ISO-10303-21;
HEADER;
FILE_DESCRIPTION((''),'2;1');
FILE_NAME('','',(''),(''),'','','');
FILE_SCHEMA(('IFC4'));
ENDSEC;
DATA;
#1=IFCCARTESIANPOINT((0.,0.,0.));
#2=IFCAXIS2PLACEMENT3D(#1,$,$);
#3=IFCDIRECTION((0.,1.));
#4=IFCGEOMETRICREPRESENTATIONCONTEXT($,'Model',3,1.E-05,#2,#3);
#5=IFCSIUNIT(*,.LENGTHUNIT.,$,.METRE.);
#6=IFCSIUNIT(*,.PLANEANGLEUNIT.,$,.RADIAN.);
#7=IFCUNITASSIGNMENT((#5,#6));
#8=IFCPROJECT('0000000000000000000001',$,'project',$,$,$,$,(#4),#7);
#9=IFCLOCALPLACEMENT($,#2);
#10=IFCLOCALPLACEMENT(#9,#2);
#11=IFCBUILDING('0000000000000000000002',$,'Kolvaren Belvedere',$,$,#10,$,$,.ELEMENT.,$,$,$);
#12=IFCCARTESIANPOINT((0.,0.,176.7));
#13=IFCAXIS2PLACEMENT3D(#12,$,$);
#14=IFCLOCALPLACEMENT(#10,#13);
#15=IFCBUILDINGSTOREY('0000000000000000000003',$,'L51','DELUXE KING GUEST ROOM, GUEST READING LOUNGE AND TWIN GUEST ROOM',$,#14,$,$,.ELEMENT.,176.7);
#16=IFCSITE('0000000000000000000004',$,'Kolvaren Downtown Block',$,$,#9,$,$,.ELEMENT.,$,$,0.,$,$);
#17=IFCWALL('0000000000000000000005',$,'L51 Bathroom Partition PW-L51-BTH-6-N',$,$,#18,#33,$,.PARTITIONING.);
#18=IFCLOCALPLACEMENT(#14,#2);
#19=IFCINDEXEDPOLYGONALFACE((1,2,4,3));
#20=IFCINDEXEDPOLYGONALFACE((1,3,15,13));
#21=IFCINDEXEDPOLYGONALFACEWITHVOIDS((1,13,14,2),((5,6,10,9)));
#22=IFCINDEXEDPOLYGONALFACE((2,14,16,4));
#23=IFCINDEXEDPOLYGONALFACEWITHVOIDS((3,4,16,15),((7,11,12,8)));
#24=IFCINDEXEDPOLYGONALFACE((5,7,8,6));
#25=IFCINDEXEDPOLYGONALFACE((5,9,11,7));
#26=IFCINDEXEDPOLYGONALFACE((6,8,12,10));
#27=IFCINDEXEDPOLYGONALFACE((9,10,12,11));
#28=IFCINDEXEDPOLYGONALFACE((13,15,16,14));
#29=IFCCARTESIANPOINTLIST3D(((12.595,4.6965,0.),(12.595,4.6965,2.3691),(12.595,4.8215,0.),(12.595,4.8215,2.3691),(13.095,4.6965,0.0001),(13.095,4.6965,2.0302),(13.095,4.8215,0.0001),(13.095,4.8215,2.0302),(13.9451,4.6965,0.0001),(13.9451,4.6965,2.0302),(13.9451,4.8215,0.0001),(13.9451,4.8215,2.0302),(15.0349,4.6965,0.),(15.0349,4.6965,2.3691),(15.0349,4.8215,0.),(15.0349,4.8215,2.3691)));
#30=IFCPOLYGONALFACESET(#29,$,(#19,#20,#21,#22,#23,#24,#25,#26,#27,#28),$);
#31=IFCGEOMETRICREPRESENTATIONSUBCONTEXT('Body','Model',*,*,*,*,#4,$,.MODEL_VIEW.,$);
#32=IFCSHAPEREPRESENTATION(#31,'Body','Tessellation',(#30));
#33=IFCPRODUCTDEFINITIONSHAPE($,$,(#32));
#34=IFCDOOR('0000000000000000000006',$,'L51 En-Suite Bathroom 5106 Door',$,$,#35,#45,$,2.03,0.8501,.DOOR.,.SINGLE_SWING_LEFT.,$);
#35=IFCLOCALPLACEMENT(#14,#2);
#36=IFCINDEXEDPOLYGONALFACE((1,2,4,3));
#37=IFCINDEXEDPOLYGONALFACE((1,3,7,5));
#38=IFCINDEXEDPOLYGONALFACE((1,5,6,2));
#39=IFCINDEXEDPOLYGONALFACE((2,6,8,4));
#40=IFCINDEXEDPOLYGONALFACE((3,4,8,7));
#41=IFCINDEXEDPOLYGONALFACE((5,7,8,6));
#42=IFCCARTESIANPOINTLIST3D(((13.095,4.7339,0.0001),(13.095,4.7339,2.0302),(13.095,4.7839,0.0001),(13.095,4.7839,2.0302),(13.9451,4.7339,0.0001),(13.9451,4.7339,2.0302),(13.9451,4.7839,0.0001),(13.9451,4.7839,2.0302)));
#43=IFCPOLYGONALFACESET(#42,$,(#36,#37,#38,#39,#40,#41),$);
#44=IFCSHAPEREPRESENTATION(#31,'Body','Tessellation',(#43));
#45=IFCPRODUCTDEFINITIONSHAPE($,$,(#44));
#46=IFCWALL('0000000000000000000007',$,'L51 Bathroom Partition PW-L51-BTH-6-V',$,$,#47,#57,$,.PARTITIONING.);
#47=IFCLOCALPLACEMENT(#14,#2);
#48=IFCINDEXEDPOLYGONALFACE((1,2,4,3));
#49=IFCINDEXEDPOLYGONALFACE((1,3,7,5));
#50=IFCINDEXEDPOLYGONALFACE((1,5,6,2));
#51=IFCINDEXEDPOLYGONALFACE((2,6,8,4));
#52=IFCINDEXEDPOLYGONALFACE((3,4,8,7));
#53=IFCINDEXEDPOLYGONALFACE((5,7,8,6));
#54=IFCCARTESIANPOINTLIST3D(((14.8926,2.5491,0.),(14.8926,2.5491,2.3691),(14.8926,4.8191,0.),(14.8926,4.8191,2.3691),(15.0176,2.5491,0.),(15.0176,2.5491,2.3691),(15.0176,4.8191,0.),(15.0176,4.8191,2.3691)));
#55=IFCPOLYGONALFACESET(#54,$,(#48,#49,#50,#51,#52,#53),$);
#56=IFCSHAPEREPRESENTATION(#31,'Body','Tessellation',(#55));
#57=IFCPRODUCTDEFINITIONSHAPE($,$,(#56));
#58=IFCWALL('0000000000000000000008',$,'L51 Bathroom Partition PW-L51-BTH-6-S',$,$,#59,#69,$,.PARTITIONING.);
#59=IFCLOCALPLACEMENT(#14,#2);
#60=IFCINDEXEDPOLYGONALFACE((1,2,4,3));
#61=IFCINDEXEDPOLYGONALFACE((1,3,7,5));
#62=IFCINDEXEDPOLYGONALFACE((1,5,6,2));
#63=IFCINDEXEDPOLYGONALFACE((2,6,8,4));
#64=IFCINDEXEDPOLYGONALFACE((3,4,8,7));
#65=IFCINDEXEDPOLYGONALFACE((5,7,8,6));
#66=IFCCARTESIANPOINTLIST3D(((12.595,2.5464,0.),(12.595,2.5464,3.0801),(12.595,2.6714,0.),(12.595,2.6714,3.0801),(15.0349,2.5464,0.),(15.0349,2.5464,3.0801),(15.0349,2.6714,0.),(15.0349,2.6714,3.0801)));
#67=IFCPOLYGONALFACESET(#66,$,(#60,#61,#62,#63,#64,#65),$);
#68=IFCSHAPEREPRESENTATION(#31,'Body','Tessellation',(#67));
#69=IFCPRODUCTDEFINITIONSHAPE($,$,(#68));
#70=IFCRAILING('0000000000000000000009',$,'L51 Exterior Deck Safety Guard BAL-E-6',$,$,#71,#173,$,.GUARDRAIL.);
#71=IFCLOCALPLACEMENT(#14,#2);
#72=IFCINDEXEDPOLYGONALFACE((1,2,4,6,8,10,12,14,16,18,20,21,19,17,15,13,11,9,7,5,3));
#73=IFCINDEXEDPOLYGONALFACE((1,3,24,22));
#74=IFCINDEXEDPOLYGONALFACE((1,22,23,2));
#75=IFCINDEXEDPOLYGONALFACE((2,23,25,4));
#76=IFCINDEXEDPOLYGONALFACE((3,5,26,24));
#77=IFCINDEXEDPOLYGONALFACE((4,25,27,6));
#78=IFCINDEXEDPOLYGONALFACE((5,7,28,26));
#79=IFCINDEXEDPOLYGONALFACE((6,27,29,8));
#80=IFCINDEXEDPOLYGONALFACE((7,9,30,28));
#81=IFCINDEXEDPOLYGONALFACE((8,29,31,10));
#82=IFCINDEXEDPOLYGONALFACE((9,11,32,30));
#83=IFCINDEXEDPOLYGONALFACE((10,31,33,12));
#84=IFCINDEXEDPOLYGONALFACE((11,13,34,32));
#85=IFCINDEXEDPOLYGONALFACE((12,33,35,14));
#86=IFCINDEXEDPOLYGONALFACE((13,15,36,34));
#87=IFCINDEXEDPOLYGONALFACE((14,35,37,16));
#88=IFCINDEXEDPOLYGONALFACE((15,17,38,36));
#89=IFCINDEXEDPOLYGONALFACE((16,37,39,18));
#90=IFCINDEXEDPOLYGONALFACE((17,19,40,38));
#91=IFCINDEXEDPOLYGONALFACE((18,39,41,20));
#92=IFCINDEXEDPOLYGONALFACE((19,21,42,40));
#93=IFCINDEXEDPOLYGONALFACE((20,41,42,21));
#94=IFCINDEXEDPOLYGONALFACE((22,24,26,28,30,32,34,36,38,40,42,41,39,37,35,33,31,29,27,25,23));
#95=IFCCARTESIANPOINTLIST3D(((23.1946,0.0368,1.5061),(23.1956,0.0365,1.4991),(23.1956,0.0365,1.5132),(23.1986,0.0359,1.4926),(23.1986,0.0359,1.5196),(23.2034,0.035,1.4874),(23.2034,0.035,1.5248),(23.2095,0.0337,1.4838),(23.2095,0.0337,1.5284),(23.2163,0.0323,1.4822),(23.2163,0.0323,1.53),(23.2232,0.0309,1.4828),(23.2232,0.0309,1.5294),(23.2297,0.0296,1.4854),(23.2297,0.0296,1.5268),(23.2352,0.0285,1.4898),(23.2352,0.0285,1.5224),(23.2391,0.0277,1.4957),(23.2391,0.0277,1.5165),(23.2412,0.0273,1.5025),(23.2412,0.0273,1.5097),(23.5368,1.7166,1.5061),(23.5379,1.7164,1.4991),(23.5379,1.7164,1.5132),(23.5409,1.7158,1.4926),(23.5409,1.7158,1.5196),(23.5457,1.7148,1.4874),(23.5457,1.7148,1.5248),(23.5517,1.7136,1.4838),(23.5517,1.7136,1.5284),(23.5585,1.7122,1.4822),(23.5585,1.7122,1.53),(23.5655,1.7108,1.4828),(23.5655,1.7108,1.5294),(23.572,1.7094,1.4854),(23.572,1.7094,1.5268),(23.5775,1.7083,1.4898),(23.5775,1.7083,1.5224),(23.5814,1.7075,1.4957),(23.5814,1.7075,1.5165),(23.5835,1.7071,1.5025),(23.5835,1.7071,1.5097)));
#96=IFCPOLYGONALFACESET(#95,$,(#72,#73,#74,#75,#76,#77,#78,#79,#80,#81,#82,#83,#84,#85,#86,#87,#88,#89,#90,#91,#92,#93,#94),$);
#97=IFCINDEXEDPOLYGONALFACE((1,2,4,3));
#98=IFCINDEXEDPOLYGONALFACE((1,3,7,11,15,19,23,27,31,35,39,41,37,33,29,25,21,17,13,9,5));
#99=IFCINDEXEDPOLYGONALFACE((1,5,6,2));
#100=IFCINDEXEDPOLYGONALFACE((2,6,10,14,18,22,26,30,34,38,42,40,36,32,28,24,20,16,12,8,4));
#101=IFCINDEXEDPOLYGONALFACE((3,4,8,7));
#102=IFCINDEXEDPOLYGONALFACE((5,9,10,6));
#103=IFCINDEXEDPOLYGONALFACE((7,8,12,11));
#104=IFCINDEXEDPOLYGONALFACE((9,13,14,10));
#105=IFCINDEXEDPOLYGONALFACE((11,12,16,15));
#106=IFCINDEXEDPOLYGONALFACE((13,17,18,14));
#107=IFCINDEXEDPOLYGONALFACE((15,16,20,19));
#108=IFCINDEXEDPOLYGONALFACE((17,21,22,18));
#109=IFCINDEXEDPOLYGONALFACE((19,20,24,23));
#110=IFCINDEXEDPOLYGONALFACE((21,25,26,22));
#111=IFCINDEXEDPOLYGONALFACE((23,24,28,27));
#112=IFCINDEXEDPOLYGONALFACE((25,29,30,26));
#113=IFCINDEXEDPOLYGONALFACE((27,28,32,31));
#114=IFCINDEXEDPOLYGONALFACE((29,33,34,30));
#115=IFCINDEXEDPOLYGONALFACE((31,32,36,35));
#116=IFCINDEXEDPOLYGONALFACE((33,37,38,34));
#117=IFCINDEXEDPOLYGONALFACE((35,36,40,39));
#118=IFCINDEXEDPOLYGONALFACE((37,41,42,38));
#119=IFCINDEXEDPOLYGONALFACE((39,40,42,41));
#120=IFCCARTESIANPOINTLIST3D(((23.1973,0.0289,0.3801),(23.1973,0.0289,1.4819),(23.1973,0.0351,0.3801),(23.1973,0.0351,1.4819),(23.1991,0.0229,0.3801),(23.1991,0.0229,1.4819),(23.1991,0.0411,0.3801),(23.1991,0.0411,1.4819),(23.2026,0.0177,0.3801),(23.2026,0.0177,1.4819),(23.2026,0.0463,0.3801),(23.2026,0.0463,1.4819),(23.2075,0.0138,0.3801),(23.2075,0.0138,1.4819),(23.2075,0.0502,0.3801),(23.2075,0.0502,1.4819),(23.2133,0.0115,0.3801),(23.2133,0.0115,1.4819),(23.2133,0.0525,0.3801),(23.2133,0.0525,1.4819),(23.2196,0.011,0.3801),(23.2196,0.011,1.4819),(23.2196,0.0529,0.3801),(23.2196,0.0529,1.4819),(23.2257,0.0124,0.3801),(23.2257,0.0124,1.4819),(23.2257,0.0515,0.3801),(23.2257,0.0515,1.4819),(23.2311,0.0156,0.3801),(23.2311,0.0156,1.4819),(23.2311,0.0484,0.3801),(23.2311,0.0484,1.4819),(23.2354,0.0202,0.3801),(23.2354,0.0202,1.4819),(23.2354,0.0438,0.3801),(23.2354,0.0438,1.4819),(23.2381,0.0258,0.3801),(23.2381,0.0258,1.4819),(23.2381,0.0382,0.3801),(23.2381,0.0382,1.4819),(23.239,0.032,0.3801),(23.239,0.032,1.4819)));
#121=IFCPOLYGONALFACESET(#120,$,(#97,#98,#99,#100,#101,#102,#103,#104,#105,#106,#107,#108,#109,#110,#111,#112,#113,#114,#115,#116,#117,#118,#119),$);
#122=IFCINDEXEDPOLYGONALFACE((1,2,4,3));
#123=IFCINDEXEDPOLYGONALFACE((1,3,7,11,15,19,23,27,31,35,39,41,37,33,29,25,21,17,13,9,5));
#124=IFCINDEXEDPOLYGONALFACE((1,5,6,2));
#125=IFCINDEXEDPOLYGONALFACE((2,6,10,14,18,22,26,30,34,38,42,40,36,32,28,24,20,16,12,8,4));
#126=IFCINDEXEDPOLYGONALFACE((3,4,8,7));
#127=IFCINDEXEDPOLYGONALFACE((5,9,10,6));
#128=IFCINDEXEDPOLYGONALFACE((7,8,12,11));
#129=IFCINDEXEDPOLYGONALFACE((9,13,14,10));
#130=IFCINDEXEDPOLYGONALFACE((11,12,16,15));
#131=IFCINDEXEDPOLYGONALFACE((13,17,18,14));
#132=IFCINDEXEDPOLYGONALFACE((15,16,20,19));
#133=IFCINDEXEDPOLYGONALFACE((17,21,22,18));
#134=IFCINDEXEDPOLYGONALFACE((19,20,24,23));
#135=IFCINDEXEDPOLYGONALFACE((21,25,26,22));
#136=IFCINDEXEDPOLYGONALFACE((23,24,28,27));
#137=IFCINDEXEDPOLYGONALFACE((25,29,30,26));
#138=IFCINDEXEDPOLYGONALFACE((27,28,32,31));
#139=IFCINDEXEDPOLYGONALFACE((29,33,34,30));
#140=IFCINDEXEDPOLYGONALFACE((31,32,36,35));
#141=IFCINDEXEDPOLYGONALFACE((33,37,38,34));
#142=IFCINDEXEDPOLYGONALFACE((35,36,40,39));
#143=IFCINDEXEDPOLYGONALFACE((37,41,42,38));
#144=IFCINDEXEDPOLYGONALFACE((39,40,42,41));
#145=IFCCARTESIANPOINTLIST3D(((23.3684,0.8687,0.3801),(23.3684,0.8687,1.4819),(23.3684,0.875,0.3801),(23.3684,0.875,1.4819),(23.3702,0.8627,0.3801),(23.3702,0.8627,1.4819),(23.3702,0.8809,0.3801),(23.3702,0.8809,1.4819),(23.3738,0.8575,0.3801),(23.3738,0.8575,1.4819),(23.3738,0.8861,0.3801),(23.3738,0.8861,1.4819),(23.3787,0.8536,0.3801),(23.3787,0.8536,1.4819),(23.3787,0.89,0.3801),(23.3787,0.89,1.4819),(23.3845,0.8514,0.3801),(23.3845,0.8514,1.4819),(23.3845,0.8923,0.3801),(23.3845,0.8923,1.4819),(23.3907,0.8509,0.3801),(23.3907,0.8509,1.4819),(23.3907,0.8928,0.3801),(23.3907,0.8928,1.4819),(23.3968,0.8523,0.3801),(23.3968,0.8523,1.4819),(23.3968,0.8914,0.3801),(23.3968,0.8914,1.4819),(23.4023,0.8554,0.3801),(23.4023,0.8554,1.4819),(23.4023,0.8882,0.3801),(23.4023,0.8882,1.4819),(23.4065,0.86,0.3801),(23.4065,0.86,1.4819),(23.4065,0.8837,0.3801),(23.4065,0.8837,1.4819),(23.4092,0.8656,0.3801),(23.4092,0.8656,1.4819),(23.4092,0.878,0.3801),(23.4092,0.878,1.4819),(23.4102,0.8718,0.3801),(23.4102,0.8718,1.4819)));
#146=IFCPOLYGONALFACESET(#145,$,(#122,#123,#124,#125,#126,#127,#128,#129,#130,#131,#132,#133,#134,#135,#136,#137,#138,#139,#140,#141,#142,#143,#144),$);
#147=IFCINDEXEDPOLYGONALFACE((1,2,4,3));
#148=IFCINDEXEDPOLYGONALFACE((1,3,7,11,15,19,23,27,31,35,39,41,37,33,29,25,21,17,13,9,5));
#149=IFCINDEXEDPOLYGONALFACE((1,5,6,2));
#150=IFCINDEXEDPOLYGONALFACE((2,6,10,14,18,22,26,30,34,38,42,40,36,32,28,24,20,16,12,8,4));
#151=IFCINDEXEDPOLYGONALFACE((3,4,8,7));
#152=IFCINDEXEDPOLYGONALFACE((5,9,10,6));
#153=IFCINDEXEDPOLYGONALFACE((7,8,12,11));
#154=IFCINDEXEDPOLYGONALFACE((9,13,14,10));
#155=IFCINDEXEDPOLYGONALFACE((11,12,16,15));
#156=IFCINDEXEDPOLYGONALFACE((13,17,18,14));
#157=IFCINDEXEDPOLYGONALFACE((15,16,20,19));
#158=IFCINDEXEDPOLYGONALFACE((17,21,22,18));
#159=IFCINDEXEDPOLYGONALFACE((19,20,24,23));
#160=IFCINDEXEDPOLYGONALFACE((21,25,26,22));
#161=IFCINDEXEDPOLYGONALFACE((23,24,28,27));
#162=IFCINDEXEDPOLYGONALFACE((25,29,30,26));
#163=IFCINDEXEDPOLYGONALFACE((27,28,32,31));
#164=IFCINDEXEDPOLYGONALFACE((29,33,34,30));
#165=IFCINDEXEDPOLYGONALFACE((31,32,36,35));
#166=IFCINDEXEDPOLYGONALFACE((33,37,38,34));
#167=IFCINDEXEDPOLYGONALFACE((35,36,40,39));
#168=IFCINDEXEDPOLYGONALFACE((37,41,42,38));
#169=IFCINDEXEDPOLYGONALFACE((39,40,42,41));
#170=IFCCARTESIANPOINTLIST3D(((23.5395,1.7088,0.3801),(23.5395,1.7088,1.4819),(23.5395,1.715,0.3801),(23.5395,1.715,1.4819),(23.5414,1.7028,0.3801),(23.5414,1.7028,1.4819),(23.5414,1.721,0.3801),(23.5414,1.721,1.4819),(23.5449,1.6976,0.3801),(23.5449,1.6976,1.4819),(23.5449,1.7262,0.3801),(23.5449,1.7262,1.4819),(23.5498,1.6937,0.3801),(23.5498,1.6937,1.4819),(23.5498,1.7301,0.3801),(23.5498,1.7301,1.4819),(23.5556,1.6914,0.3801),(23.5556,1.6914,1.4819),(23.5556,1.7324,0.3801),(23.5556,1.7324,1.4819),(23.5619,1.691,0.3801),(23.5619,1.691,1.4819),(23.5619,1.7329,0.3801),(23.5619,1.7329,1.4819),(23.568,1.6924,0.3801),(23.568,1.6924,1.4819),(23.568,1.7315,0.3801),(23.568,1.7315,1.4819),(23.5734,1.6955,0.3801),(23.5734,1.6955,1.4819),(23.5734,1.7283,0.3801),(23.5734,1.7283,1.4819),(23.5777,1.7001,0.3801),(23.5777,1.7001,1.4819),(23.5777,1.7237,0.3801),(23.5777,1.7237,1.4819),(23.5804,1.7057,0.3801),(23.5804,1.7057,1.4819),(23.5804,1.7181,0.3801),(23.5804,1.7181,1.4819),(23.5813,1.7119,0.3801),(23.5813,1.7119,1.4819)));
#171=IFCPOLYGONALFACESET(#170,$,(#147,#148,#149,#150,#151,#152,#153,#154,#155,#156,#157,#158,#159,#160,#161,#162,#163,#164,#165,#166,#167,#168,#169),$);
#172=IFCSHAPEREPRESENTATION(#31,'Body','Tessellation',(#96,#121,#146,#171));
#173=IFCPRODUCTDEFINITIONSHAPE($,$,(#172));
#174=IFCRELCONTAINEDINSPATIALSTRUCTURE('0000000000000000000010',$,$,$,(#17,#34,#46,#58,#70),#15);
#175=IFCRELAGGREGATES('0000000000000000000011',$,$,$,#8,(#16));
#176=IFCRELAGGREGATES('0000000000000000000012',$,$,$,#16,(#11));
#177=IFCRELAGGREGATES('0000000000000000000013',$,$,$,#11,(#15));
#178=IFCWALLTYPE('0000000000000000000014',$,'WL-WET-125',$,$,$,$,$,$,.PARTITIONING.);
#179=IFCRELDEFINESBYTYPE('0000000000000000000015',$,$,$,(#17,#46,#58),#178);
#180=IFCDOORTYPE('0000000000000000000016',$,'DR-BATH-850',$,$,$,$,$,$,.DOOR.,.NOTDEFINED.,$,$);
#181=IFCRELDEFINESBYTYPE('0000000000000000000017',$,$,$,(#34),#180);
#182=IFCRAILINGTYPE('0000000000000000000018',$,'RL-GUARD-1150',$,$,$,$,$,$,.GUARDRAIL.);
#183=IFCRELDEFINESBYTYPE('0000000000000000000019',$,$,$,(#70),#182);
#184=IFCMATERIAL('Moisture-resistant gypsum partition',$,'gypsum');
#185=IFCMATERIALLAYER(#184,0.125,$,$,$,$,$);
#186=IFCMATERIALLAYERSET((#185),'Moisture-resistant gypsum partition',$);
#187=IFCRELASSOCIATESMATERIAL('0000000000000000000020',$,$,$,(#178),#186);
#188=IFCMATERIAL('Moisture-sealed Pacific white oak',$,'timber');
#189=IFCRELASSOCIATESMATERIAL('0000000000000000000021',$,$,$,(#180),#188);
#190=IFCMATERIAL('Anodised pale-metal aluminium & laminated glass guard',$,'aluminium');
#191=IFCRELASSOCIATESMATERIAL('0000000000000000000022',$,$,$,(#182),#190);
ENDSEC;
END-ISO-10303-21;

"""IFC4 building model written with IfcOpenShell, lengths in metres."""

from ifc_helpers import new_model, si_unit, direction, frame, frame_2d, origin, origin_2d, place, context, subcontext, project, spatial, rectangle, circle, extrude, material, layer, layer_set, type_object, element, fill, save


model = new_model("IFC4")

# Units and contexts
model_context = context("Model", 3, precision=1e-05, world=origin(), true_north=direction((0.0, 1.0)))
body_context = subcontext(model_context, "Body", "Model", "MODEL_VIEW")
ifc_project = project(units=[si_unit("LENGTHUNIT", "METRE"), si_unit("PLANEANGLEUNIT", "RADIAN")], contexts=[model_context])

# Site, building, storey
site_placement = place(None, origin())
site = spatial("IfcSite", under=ifc_project, at=site_placement, Name="Kolvaren Downtown Block", CompositionType="ELEMENT", RefElevation=0.0)
building_placement = place(site_placement, origin())
building = spatial("IfcBuilding", under=site, at=building_placement, Name="Kolvaren Belvedere", CompositionType="ELEMENT")
storey_placement = place(building_placement, frame((0.0, 0.0, 176.7)))
storey = spatial("IfcBuildingStorey", under=building, at=storey_placement, Name="L51", Description="DELUXE KING GUEST ROOM, GUEST READING LOUNGE AND TWIN GUEST ROOM", CompositionType="ELEMENT", Elevation=176.7)

# Wall, opening, door
ifc_material_1 = material(Name="Moisture-resistant gypsum partition", Category="gypsum")
ifc_layer_1 = layer(ifc_material_1, 0.125)
ifc_layer_set_1 = layer_set([ifc_layer_1], Name="Moisture-resistant gypsum partition")
wall_type_1 = type_object("IfcWallType", Name="WL-WET-125", PredefinedType="PARTITIONING", material=ifc_layer_set_1)
wall_1_placement = place(storey_placement, frame((12.595, 4.759, 0.0), z_axis=(0.0, 0.0, 1.0), x_axis=(1.0, 0.0, 0.0)))
wall_1 = element("IfcWall", 1, at=wall_1_placement, inside=storey, type_object=wall_type_1, Name="L51 Bathroom Partition PW-L51-BTH-6-N", PredefinedType="PARTITIONING", context=body_context, shape_type="SweptSolid", body=[
    extrude(rectangle(XDim=2.4399, YDim=0.125, at=frame_2d((1.22, 0.0))), origin(), (0.0, 0.0, 1.0), 2.3691),
])
opening_1_placement = place(wall_1_placement, frame((0.5, 0.0, 0.0)))
opening_1 = element("IfcOpeningElement", 2, at=opening_1_placement, cuts=wall_1, PredefinedType="OPENING", context=body_context, shape_type="SweptSolid", body=[
    extrude(rectangle(XDim=0.8501, YDim=2.03, at=frame_2d((0.425, 1.0151))), frame((0.0, 0.0725, 0.0), z_axis=(0.0, -1.0, 0.0), x_axis=(1.0, 0.0, 0.0)), (0.0, 0.0, 1.0), 0.145),
])
ifc_material_2 = material(Name="Moisture-sealed Pacific white oak", Category="timber")
door_type_1 = type_object("IfcDoorType", Name="DR-BATH-850", OperationType="NOTDEFINED", PredefinedType="DOOR", material=ifc_material_2)
door_1_placement = place(opening_1_placement, origin())
door_1 = element("IfcDoor", 3, at=door_1_placement, inside=storey, type_object=door_type_1, Name="L51 En-Suite Bathroom 5106 Door", OperationType="SINGLE_SWING_LEFT", OverallHeight=2.03, OverallWidth=0.8501, PredefinedType="DOOR", context=body_context, shape_type="SweptSolid", body=[
    extrude(rectangle(XDim=0.8501, YDim=2.03, at=frame_2d((0.425, 1.0151))), frame((0.0, 0.0249, 0.0), z_axis=(0.0, -1.0, 0.0), x_axis=(1.0, 0.0, 0.0)), (0.0, 0.0, 1.0), 0.05),
])
fill(opening_1, door_1)

# Walls
wall_2_placement = place(storey_placement, frame((14.9551, 2.5491, 0.0), z_axis=(0.0, 0.0, 1.0), x_axis=(0.0, 1.0, 0.0)))
element("IfcWall", 4, at=wall_2_placement, inside=storey, type_object=wall_type_1, Name="L51 Bathroom Partition PW-L51-BTH-6-V", PredefinedType="PARTITIONING", context=body_context, shape_type="SweptSolid", body=[
    extrude(rectangle(XDim=2.27, YDim=0.125, at=frame_2d((1.135, 0.0))), origin(), (0.0, 0.0, 1.0), 2.3691),
])
wall_3_placement = place(storey_placement, frame((12.595, 2.6089, 0.0), z_axis=(0.0, 0.0, 1.0), x_axis=(1.0, 0.0, 0.0)))
element("IfcWall", 5, at=wall_3_placement, inside=storey, type_object=wall_type_1, Name="L51 Bathroom Partition PW-L51-BTH-6-S", PredefinedType="PARTITIONING", context=body_context, shape_type="SweptSolid", body=[
    extrude(rectangle(XDim=2.4399, YDim=0.125, at=frame_2d((1.22, 0.0))), origin(), (0.0, 0.0, 1.0), 3.0801),
])

# Railing
ifc_material_3 = material(Name="Anodised pale-metal aluminium & laminated glass guard", Category="aluminium")
railing_type = type_object("IfcRailingType", Name="RL-GUARD-1150", PredefinedType="GUARDRAIL", material=ifc_material_3)
railing_1_placement = place(storey_placement, frame((23.218, 0.032, 0.3801)))
element("IfcRailing", 6, at=railing_1_placement, inside=storey, type_object=railing_type, Name="L51 Exterior Deck Safety Guard BAL-E-6", PredefinedType="GUARDRAIL", context=body_context, shape_type="SweptSolid", body=[
    extrude(circle(Radius=0.0239, at=origin_2d()), frame((0.0, 0.0, 1.126), z_axis=(0.199648, 0.979868, 0.0), x_axis=(-0.979868, 0.199648, 0.0)), (0.0, 0.0, 1.0), 1.7144),
    extrude(circle(Radius=0.021, at=origin_2d()), origin(), (0.0, 0.0, 1.0), 1.1018),
    extrude(circle(Radius=0.021, at=origin_2d()), frame((0.1711, 0.8398, 0.0)), (0.0, 0.0, 1.0), 1.1018),
    extrude(circle(Radius=0.021, at=origin_2d()), frame((0.3423, 1.6799, 0.0)), (0.0, 0.0, 1.0), 1.1018),
])

save(model, "model.ifc")
